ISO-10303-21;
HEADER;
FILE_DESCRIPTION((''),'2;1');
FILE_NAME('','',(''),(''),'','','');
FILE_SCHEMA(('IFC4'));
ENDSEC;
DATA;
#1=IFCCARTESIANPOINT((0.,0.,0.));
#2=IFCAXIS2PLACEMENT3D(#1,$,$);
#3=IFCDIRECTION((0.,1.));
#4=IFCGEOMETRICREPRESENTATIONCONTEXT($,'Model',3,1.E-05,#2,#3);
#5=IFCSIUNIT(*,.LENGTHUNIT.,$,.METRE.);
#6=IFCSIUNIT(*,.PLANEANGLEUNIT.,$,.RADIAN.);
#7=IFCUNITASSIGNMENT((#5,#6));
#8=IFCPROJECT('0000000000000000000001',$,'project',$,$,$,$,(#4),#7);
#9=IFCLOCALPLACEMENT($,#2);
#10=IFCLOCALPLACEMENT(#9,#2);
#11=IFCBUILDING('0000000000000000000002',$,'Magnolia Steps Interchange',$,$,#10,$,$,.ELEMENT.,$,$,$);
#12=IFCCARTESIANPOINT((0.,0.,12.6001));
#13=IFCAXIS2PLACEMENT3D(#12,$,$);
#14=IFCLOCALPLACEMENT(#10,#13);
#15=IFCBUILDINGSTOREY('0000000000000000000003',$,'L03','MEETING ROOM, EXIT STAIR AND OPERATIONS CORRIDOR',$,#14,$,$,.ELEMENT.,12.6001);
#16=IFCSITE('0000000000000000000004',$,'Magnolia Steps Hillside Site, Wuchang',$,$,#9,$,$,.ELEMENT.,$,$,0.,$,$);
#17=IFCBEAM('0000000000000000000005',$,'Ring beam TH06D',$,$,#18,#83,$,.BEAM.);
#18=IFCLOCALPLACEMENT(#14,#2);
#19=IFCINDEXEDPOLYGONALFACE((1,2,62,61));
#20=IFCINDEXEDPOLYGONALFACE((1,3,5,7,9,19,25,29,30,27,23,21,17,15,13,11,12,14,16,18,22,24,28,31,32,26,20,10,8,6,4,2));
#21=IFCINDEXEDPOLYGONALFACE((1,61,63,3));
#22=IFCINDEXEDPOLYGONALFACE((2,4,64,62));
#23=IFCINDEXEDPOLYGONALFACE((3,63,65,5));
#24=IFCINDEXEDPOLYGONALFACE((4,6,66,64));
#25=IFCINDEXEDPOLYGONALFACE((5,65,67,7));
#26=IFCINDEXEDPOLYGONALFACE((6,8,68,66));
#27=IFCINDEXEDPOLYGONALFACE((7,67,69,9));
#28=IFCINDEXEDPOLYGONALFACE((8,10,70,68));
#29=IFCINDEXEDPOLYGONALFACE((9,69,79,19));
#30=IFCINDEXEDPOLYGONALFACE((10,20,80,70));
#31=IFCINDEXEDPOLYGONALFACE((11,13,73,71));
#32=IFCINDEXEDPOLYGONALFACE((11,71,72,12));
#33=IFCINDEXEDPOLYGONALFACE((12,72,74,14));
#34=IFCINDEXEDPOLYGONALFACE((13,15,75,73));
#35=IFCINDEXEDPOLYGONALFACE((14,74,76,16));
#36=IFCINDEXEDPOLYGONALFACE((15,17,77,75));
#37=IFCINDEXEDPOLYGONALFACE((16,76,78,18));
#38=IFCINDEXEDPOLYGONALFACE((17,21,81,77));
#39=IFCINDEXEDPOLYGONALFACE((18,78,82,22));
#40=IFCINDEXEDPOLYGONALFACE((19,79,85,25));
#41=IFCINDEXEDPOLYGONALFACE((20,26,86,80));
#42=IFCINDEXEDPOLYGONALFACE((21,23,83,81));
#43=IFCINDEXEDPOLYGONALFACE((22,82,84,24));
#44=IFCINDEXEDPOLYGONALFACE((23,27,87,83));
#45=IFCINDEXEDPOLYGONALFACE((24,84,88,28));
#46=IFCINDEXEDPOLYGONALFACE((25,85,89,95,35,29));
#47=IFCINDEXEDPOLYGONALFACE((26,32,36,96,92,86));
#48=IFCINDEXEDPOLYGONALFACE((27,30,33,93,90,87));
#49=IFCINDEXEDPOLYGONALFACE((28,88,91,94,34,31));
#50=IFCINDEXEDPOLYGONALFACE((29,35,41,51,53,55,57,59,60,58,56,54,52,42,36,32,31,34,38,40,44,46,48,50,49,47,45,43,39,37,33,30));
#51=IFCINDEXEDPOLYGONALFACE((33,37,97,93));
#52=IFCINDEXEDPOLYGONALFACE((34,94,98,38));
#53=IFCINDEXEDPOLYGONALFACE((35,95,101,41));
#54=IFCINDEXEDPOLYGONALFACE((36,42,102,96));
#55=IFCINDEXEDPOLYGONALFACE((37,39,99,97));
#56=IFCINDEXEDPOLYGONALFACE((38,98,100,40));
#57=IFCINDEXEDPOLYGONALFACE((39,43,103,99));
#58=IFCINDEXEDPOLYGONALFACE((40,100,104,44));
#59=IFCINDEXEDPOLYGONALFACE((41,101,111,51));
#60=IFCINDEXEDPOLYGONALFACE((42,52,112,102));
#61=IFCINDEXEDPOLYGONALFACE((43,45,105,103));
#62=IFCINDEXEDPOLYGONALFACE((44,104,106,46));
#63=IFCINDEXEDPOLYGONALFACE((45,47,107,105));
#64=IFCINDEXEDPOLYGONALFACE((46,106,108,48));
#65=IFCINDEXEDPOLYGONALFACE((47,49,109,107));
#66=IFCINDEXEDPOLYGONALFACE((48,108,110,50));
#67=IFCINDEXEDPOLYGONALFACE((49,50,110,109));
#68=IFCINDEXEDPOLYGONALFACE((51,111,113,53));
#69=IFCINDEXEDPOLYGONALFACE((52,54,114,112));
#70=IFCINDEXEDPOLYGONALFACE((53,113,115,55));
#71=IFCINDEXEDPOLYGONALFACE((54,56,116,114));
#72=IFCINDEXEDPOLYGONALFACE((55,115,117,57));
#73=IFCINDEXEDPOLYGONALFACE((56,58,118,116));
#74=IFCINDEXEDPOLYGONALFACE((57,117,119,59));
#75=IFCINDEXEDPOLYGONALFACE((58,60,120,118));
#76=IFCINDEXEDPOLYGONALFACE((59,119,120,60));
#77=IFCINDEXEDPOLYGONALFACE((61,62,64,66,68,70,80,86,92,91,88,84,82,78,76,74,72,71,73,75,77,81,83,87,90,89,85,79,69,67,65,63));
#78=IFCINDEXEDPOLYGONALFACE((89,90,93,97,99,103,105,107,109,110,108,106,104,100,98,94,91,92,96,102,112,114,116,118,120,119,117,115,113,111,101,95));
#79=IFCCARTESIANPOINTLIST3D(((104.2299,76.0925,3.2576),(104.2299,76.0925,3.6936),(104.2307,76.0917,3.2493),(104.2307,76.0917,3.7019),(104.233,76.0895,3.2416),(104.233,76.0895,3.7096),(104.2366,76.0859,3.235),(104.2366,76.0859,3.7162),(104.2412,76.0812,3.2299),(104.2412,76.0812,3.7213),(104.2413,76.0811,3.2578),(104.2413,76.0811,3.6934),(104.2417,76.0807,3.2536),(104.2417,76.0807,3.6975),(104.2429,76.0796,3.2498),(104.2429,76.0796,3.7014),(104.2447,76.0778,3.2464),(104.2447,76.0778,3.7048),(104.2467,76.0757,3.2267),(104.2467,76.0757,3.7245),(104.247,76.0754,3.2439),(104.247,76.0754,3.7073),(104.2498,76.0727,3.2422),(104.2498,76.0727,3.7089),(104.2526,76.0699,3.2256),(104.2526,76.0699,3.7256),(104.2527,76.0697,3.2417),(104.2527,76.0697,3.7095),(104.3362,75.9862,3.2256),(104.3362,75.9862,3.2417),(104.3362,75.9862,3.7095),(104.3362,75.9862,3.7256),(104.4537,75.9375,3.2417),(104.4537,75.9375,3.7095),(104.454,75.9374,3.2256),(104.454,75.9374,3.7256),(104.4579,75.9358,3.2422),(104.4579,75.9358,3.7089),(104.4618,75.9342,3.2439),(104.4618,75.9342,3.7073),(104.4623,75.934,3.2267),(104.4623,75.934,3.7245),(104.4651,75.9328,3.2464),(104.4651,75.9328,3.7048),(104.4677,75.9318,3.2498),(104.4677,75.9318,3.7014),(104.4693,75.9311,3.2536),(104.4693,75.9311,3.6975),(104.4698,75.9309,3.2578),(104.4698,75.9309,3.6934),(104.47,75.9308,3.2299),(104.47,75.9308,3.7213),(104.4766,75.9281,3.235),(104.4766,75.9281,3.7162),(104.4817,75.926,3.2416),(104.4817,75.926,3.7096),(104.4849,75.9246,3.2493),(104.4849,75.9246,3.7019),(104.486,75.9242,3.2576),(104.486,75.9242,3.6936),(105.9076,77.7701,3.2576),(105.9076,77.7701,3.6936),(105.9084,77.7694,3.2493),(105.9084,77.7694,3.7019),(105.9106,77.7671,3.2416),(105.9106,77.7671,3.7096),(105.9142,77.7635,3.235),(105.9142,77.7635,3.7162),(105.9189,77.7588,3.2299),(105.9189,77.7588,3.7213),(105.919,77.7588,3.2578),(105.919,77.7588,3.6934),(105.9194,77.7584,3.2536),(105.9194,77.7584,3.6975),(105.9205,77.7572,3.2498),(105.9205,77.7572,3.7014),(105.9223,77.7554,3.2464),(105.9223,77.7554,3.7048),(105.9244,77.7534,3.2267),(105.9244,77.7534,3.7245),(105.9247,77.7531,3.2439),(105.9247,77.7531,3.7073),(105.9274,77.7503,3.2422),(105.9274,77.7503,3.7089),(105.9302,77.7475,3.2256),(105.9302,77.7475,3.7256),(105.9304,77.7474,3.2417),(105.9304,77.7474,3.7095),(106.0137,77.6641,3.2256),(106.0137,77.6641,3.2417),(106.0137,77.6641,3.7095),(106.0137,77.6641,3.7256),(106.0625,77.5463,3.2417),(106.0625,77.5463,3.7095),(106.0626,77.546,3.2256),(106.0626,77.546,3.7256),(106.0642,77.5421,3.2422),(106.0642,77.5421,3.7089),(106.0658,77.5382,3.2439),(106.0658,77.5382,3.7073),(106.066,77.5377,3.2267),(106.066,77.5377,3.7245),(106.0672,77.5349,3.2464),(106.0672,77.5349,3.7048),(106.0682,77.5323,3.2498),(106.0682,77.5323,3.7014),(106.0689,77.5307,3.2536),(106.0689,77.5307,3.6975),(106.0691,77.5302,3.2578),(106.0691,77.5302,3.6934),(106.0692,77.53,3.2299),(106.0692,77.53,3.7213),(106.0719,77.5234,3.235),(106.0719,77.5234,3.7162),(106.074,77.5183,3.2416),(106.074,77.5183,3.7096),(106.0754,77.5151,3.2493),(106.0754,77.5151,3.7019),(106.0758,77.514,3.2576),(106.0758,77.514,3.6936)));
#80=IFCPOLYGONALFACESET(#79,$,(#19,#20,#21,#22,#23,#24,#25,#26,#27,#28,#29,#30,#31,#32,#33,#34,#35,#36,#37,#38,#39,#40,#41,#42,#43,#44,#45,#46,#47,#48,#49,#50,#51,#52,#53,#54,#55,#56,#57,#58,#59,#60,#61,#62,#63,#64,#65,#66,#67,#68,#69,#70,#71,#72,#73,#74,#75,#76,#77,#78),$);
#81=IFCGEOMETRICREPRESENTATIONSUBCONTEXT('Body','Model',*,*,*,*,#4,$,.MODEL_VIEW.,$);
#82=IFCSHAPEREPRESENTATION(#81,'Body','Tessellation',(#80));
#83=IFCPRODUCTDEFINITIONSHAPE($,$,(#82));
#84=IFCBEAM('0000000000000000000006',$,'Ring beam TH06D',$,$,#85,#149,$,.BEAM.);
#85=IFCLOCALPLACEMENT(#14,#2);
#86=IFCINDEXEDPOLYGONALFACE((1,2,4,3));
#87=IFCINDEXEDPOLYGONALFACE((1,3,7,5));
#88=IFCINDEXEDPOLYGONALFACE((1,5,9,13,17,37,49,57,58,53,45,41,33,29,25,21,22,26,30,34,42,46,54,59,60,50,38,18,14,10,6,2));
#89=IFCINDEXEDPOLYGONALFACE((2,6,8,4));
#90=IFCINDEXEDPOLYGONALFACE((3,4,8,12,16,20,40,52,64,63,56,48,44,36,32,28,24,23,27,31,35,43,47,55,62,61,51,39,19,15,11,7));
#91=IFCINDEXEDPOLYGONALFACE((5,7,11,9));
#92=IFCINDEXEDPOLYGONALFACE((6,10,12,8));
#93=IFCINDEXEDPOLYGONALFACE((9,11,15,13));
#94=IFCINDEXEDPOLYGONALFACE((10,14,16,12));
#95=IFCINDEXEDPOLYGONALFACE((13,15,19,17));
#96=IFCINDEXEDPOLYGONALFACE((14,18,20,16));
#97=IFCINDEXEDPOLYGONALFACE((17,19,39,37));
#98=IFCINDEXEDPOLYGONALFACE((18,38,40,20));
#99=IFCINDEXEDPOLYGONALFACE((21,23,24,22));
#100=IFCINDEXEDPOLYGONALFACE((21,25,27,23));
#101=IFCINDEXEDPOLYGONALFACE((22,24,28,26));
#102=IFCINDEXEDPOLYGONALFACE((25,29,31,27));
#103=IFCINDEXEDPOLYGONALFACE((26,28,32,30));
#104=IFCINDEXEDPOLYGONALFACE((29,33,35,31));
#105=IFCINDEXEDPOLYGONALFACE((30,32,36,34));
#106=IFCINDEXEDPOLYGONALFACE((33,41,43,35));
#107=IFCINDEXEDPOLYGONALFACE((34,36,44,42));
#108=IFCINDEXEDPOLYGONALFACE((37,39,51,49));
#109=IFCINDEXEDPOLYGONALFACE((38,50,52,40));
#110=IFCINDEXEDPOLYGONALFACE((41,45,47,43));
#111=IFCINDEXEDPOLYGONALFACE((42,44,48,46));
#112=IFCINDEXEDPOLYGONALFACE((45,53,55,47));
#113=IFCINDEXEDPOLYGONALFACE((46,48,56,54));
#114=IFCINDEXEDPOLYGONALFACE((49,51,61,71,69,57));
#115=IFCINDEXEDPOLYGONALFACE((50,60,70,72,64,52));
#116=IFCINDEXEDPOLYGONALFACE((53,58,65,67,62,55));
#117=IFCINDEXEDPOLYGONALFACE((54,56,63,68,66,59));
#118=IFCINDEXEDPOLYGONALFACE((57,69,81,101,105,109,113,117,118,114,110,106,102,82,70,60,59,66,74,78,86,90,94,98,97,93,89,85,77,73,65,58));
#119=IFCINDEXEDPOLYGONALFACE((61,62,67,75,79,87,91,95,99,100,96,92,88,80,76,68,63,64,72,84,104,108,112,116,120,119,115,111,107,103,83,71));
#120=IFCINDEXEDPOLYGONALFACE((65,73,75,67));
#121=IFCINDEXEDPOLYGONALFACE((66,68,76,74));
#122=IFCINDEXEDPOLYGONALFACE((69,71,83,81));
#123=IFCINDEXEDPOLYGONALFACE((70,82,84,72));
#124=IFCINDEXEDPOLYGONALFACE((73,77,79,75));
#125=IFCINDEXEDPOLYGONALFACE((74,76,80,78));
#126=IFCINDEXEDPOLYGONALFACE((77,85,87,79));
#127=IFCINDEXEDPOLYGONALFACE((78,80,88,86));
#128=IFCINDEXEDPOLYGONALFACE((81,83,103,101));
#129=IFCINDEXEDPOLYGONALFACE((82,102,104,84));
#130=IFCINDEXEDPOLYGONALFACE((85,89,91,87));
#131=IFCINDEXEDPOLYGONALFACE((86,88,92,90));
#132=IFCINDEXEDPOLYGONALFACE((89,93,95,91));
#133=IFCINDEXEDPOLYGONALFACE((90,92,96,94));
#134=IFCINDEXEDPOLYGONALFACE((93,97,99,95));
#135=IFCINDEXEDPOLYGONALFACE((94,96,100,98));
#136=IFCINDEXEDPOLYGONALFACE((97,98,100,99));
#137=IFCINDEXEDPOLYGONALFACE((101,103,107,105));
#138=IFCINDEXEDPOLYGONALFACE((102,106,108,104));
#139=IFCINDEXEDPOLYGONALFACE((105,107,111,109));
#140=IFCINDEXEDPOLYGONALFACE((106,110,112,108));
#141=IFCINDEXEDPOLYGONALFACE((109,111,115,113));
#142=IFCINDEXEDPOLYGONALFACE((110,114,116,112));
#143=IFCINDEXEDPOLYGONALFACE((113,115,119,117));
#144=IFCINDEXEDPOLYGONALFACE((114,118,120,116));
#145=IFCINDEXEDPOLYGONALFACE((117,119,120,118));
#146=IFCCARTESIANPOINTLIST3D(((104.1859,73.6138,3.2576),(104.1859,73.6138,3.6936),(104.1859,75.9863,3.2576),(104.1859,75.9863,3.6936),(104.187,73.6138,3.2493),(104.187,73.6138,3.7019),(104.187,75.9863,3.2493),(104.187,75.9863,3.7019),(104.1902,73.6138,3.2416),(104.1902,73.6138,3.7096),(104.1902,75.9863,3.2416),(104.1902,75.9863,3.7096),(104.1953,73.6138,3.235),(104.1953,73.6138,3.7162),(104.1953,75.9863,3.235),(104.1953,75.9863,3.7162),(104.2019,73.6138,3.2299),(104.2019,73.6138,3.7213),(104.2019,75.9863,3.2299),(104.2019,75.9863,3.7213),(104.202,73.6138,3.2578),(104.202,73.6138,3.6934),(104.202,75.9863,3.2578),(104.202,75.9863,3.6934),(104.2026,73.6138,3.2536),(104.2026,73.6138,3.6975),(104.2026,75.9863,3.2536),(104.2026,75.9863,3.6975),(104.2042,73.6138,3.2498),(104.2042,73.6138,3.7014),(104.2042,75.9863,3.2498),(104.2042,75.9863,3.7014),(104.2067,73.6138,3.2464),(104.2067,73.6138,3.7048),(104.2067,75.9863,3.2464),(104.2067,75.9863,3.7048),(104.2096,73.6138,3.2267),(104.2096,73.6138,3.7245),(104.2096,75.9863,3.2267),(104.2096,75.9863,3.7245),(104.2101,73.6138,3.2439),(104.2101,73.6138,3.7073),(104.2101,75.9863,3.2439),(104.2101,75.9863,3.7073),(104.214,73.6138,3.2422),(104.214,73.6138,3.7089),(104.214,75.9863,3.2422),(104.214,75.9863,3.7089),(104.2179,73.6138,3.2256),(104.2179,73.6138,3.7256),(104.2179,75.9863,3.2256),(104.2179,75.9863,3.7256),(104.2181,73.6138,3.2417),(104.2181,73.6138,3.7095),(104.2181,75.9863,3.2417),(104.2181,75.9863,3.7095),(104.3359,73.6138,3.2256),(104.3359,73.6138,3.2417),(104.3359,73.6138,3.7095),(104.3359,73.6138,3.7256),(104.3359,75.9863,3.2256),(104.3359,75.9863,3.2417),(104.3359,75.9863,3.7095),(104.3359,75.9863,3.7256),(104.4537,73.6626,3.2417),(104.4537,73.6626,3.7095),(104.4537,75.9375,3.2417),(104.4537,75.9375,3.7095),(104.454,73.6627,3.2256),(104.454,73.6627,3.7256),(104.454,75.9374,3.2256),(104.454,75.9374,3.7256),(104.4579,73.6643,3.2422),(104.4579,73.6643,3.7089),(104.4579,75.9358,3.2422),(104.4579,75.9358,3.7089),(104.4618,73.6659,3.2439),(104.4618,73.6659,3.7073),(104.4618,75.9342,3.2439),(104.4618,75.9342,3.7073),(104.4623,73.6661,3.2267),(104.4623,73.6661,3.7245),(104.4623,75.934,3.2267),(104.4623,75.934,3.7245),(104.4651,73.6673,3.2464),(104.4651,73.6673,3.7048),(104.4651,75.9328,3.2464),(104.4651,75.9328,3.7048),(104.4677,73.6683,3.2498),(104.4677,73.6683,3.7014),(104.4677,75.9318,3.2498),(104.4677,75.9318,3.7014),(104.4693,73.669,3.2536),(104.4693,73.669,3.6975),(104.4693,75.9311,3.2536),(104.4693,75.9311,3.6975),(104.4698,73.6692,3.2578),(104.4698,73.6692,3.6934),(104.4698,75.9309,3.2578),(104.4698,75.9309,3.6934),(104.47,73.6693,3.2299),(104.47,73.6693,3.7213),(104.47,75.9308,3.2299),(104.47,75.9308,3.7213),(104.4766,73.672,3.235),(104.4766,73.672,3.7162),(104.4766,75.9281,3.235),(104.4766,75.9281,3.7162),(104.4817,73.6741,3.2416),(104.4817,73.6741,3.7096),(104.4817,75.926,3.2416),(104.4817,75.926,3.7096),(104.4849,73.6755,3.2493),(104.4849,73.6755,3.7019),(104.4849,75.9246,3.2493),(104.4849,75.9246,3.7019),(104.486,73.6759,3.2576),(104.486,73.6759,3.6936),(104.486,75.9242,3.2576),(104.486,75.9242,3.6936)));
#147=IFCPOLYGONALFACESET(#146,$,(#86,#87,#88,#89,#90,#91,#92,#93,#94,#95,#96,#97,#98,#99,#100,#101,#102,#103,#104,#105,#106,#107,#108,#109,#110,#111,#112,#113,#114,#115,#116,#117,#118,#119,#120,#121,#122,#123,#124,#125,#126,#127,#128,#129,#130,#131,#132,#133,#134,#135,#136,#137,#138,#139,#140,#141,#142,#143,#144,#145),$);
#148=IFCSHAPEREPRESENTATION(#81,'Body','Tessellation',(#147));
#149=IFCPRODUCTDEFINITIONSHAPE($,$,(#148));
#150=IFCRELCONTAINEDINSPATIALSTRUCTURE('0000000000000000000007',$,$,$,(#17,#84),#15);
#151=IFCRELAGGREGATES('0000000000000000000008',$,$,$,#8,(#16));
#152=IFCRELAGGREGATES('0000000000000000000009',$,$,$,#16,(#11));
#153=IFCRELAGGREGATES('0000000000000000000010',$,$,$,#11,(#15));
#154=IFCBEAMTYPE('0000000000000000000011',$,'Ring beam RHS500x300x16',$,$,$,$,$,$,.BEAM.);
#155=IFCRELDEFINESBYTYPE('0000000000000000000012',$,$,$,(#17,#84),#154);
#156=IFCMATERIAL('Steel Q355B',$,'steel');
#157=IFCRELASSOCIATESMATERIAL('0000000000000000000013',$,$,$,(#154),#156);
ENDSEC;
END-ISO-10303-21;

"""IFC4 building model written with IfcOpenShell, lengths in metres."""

from ifc_helpers import new_model, si_unit, direction, frame, origin, origin_2d, place, context, subcontext, project, spatial, hollow_rectangle, extrude, clip, halfspace, material, material_profile, profile_set, type_object, element, save


model = new_model("IFC4")

# Units and contexts
model_context = context("Model", 3, precision=1e-05, world=origin(), true_north=direction((0.0, 1.0)))
body_context = subcontext(model_context, "Body", "Model", "MODEL_VIEW")
ifc_project = project(units=[si_unit("LENGTHUNIT", "METRE"), si_unit("PLANEANGLEUNIT", "RADIAN")], contexts=[model_context])

# Site, building, storey
site_placement = place(None, origin())
site = spatial("IfcSite", under=ifc_project, at=site_placement, Name="Magnolia Steps Hillside Site, Wuchang", CompositionType="ELEMENT", RefElevation=0.0)
building_placement = place(site_placement, origin())
building = spatial("IfcBuilding", under=site, at=building_placement, Name="Magnolia Steps Interchange", CompositionType="ELEMENT")
storey_placement = place(building_placement, frame((0.0, 0.0, 12.6001)))
storey = spatial("IfcBuildingStorey", under=building, at=storey_placement, Name="L03", Description="MEETING ROOM, EXIT STAIR AND OPERATIONS CORRIDOR", CompositionType="ELEMENT", Elevation=12.6001)

# Beams
ifc_material_1 = material(Name="Steel Q355B", Category="steel")
ifc_material_profile_1 = material_profile(ifc_material_1, hollow_rectangle(XDim=0.3, YDim=0.5, WallThickness=0.0161, InnerFilletRadius=0.0161, OuterFilletRadius=0.032, at=origin_2d()), Name="RHS500x300x16")
ifc_profile_set_1 = profile_set([ifc_material_profile_1], Name="Steel Q355B")
beam_type = type_object("IfcBeamType", Name="Ring beam RHS500x300x16", PredefinedType="BEAM", material=ifc_profile_set_1)
beam_1_placement = place(storey_placement, frame((106.0137, 77.6641, 3.4756), z_axis=(-0.707107, -0.707107, 0.0), x_axis=(0.707107, -0.707107, 0.0)))
element("IfcBeam", 1, at=beam_1_placement, inside=storey, type_object=beam_type, Name="Ring beam TH06D", PredefinedType="BEAM", context=body_context, shape_type="Clipping", body=[
    clip(clip(extrude(hollow_rectangle(XDim=0.3, YDim=0.5, WallThickness=0.0161, InnerFilletRadius=0.0161, OuterFilletRadius=0.032, at=origin_2d()), origin(), (0.0, 0.0, 1.0), 2.3726), halfspace(frame((0.0, 0.0, 0.0), z_axis=(0.382683, 0.0, -0.92388), x_axis=(0.92388, 0.0, 0.382683)), False)), halfspace(frame((0.0, 0.0, 2.3727), z_axis=(0.382683, 0.0, 0.92388), x_axis=(0.92388, 0.0, -0.382683)), False)),
])
beam_2_placement = place(storey_placement, frame((104.3359, 75.9863, 3.4756), z_axis=(0.0, -1.0, 0.0), x_axis=(1.0, 0.0, 0.0)))
element("IfcBeam", 2, at=beam_2_placement, inside=storey, type_object=beam_type, Name="Ring beam TH06D", PredefinedType="BEAM", context=body_context, shape_type="Clipping", body=[
    clip(clip(extrude(hollow_rectangle(XDim=0.3, YDim=0.5, WallThickness=0.0161, InnerFilletRadius=0.0161, OuterFilletRadius=0.032, at=origin_2d()), origin(), (0.0, 0.0, 1.0), 2.3726), halfspace(frame((0.0, 0.0, 0.0), z_axis=(0.382683, 0.0, -0.92388), x_axis=(0.92388, 0.0, 0.382683)), False)), halfspace(frame((0.0, 0.0, 2.3726), z_axis=(0.382683, 0.0, 0.92388), x_axis=(0.92388, 0.0, -0.382683)), False)),
])

save(model, "model.ifc")
